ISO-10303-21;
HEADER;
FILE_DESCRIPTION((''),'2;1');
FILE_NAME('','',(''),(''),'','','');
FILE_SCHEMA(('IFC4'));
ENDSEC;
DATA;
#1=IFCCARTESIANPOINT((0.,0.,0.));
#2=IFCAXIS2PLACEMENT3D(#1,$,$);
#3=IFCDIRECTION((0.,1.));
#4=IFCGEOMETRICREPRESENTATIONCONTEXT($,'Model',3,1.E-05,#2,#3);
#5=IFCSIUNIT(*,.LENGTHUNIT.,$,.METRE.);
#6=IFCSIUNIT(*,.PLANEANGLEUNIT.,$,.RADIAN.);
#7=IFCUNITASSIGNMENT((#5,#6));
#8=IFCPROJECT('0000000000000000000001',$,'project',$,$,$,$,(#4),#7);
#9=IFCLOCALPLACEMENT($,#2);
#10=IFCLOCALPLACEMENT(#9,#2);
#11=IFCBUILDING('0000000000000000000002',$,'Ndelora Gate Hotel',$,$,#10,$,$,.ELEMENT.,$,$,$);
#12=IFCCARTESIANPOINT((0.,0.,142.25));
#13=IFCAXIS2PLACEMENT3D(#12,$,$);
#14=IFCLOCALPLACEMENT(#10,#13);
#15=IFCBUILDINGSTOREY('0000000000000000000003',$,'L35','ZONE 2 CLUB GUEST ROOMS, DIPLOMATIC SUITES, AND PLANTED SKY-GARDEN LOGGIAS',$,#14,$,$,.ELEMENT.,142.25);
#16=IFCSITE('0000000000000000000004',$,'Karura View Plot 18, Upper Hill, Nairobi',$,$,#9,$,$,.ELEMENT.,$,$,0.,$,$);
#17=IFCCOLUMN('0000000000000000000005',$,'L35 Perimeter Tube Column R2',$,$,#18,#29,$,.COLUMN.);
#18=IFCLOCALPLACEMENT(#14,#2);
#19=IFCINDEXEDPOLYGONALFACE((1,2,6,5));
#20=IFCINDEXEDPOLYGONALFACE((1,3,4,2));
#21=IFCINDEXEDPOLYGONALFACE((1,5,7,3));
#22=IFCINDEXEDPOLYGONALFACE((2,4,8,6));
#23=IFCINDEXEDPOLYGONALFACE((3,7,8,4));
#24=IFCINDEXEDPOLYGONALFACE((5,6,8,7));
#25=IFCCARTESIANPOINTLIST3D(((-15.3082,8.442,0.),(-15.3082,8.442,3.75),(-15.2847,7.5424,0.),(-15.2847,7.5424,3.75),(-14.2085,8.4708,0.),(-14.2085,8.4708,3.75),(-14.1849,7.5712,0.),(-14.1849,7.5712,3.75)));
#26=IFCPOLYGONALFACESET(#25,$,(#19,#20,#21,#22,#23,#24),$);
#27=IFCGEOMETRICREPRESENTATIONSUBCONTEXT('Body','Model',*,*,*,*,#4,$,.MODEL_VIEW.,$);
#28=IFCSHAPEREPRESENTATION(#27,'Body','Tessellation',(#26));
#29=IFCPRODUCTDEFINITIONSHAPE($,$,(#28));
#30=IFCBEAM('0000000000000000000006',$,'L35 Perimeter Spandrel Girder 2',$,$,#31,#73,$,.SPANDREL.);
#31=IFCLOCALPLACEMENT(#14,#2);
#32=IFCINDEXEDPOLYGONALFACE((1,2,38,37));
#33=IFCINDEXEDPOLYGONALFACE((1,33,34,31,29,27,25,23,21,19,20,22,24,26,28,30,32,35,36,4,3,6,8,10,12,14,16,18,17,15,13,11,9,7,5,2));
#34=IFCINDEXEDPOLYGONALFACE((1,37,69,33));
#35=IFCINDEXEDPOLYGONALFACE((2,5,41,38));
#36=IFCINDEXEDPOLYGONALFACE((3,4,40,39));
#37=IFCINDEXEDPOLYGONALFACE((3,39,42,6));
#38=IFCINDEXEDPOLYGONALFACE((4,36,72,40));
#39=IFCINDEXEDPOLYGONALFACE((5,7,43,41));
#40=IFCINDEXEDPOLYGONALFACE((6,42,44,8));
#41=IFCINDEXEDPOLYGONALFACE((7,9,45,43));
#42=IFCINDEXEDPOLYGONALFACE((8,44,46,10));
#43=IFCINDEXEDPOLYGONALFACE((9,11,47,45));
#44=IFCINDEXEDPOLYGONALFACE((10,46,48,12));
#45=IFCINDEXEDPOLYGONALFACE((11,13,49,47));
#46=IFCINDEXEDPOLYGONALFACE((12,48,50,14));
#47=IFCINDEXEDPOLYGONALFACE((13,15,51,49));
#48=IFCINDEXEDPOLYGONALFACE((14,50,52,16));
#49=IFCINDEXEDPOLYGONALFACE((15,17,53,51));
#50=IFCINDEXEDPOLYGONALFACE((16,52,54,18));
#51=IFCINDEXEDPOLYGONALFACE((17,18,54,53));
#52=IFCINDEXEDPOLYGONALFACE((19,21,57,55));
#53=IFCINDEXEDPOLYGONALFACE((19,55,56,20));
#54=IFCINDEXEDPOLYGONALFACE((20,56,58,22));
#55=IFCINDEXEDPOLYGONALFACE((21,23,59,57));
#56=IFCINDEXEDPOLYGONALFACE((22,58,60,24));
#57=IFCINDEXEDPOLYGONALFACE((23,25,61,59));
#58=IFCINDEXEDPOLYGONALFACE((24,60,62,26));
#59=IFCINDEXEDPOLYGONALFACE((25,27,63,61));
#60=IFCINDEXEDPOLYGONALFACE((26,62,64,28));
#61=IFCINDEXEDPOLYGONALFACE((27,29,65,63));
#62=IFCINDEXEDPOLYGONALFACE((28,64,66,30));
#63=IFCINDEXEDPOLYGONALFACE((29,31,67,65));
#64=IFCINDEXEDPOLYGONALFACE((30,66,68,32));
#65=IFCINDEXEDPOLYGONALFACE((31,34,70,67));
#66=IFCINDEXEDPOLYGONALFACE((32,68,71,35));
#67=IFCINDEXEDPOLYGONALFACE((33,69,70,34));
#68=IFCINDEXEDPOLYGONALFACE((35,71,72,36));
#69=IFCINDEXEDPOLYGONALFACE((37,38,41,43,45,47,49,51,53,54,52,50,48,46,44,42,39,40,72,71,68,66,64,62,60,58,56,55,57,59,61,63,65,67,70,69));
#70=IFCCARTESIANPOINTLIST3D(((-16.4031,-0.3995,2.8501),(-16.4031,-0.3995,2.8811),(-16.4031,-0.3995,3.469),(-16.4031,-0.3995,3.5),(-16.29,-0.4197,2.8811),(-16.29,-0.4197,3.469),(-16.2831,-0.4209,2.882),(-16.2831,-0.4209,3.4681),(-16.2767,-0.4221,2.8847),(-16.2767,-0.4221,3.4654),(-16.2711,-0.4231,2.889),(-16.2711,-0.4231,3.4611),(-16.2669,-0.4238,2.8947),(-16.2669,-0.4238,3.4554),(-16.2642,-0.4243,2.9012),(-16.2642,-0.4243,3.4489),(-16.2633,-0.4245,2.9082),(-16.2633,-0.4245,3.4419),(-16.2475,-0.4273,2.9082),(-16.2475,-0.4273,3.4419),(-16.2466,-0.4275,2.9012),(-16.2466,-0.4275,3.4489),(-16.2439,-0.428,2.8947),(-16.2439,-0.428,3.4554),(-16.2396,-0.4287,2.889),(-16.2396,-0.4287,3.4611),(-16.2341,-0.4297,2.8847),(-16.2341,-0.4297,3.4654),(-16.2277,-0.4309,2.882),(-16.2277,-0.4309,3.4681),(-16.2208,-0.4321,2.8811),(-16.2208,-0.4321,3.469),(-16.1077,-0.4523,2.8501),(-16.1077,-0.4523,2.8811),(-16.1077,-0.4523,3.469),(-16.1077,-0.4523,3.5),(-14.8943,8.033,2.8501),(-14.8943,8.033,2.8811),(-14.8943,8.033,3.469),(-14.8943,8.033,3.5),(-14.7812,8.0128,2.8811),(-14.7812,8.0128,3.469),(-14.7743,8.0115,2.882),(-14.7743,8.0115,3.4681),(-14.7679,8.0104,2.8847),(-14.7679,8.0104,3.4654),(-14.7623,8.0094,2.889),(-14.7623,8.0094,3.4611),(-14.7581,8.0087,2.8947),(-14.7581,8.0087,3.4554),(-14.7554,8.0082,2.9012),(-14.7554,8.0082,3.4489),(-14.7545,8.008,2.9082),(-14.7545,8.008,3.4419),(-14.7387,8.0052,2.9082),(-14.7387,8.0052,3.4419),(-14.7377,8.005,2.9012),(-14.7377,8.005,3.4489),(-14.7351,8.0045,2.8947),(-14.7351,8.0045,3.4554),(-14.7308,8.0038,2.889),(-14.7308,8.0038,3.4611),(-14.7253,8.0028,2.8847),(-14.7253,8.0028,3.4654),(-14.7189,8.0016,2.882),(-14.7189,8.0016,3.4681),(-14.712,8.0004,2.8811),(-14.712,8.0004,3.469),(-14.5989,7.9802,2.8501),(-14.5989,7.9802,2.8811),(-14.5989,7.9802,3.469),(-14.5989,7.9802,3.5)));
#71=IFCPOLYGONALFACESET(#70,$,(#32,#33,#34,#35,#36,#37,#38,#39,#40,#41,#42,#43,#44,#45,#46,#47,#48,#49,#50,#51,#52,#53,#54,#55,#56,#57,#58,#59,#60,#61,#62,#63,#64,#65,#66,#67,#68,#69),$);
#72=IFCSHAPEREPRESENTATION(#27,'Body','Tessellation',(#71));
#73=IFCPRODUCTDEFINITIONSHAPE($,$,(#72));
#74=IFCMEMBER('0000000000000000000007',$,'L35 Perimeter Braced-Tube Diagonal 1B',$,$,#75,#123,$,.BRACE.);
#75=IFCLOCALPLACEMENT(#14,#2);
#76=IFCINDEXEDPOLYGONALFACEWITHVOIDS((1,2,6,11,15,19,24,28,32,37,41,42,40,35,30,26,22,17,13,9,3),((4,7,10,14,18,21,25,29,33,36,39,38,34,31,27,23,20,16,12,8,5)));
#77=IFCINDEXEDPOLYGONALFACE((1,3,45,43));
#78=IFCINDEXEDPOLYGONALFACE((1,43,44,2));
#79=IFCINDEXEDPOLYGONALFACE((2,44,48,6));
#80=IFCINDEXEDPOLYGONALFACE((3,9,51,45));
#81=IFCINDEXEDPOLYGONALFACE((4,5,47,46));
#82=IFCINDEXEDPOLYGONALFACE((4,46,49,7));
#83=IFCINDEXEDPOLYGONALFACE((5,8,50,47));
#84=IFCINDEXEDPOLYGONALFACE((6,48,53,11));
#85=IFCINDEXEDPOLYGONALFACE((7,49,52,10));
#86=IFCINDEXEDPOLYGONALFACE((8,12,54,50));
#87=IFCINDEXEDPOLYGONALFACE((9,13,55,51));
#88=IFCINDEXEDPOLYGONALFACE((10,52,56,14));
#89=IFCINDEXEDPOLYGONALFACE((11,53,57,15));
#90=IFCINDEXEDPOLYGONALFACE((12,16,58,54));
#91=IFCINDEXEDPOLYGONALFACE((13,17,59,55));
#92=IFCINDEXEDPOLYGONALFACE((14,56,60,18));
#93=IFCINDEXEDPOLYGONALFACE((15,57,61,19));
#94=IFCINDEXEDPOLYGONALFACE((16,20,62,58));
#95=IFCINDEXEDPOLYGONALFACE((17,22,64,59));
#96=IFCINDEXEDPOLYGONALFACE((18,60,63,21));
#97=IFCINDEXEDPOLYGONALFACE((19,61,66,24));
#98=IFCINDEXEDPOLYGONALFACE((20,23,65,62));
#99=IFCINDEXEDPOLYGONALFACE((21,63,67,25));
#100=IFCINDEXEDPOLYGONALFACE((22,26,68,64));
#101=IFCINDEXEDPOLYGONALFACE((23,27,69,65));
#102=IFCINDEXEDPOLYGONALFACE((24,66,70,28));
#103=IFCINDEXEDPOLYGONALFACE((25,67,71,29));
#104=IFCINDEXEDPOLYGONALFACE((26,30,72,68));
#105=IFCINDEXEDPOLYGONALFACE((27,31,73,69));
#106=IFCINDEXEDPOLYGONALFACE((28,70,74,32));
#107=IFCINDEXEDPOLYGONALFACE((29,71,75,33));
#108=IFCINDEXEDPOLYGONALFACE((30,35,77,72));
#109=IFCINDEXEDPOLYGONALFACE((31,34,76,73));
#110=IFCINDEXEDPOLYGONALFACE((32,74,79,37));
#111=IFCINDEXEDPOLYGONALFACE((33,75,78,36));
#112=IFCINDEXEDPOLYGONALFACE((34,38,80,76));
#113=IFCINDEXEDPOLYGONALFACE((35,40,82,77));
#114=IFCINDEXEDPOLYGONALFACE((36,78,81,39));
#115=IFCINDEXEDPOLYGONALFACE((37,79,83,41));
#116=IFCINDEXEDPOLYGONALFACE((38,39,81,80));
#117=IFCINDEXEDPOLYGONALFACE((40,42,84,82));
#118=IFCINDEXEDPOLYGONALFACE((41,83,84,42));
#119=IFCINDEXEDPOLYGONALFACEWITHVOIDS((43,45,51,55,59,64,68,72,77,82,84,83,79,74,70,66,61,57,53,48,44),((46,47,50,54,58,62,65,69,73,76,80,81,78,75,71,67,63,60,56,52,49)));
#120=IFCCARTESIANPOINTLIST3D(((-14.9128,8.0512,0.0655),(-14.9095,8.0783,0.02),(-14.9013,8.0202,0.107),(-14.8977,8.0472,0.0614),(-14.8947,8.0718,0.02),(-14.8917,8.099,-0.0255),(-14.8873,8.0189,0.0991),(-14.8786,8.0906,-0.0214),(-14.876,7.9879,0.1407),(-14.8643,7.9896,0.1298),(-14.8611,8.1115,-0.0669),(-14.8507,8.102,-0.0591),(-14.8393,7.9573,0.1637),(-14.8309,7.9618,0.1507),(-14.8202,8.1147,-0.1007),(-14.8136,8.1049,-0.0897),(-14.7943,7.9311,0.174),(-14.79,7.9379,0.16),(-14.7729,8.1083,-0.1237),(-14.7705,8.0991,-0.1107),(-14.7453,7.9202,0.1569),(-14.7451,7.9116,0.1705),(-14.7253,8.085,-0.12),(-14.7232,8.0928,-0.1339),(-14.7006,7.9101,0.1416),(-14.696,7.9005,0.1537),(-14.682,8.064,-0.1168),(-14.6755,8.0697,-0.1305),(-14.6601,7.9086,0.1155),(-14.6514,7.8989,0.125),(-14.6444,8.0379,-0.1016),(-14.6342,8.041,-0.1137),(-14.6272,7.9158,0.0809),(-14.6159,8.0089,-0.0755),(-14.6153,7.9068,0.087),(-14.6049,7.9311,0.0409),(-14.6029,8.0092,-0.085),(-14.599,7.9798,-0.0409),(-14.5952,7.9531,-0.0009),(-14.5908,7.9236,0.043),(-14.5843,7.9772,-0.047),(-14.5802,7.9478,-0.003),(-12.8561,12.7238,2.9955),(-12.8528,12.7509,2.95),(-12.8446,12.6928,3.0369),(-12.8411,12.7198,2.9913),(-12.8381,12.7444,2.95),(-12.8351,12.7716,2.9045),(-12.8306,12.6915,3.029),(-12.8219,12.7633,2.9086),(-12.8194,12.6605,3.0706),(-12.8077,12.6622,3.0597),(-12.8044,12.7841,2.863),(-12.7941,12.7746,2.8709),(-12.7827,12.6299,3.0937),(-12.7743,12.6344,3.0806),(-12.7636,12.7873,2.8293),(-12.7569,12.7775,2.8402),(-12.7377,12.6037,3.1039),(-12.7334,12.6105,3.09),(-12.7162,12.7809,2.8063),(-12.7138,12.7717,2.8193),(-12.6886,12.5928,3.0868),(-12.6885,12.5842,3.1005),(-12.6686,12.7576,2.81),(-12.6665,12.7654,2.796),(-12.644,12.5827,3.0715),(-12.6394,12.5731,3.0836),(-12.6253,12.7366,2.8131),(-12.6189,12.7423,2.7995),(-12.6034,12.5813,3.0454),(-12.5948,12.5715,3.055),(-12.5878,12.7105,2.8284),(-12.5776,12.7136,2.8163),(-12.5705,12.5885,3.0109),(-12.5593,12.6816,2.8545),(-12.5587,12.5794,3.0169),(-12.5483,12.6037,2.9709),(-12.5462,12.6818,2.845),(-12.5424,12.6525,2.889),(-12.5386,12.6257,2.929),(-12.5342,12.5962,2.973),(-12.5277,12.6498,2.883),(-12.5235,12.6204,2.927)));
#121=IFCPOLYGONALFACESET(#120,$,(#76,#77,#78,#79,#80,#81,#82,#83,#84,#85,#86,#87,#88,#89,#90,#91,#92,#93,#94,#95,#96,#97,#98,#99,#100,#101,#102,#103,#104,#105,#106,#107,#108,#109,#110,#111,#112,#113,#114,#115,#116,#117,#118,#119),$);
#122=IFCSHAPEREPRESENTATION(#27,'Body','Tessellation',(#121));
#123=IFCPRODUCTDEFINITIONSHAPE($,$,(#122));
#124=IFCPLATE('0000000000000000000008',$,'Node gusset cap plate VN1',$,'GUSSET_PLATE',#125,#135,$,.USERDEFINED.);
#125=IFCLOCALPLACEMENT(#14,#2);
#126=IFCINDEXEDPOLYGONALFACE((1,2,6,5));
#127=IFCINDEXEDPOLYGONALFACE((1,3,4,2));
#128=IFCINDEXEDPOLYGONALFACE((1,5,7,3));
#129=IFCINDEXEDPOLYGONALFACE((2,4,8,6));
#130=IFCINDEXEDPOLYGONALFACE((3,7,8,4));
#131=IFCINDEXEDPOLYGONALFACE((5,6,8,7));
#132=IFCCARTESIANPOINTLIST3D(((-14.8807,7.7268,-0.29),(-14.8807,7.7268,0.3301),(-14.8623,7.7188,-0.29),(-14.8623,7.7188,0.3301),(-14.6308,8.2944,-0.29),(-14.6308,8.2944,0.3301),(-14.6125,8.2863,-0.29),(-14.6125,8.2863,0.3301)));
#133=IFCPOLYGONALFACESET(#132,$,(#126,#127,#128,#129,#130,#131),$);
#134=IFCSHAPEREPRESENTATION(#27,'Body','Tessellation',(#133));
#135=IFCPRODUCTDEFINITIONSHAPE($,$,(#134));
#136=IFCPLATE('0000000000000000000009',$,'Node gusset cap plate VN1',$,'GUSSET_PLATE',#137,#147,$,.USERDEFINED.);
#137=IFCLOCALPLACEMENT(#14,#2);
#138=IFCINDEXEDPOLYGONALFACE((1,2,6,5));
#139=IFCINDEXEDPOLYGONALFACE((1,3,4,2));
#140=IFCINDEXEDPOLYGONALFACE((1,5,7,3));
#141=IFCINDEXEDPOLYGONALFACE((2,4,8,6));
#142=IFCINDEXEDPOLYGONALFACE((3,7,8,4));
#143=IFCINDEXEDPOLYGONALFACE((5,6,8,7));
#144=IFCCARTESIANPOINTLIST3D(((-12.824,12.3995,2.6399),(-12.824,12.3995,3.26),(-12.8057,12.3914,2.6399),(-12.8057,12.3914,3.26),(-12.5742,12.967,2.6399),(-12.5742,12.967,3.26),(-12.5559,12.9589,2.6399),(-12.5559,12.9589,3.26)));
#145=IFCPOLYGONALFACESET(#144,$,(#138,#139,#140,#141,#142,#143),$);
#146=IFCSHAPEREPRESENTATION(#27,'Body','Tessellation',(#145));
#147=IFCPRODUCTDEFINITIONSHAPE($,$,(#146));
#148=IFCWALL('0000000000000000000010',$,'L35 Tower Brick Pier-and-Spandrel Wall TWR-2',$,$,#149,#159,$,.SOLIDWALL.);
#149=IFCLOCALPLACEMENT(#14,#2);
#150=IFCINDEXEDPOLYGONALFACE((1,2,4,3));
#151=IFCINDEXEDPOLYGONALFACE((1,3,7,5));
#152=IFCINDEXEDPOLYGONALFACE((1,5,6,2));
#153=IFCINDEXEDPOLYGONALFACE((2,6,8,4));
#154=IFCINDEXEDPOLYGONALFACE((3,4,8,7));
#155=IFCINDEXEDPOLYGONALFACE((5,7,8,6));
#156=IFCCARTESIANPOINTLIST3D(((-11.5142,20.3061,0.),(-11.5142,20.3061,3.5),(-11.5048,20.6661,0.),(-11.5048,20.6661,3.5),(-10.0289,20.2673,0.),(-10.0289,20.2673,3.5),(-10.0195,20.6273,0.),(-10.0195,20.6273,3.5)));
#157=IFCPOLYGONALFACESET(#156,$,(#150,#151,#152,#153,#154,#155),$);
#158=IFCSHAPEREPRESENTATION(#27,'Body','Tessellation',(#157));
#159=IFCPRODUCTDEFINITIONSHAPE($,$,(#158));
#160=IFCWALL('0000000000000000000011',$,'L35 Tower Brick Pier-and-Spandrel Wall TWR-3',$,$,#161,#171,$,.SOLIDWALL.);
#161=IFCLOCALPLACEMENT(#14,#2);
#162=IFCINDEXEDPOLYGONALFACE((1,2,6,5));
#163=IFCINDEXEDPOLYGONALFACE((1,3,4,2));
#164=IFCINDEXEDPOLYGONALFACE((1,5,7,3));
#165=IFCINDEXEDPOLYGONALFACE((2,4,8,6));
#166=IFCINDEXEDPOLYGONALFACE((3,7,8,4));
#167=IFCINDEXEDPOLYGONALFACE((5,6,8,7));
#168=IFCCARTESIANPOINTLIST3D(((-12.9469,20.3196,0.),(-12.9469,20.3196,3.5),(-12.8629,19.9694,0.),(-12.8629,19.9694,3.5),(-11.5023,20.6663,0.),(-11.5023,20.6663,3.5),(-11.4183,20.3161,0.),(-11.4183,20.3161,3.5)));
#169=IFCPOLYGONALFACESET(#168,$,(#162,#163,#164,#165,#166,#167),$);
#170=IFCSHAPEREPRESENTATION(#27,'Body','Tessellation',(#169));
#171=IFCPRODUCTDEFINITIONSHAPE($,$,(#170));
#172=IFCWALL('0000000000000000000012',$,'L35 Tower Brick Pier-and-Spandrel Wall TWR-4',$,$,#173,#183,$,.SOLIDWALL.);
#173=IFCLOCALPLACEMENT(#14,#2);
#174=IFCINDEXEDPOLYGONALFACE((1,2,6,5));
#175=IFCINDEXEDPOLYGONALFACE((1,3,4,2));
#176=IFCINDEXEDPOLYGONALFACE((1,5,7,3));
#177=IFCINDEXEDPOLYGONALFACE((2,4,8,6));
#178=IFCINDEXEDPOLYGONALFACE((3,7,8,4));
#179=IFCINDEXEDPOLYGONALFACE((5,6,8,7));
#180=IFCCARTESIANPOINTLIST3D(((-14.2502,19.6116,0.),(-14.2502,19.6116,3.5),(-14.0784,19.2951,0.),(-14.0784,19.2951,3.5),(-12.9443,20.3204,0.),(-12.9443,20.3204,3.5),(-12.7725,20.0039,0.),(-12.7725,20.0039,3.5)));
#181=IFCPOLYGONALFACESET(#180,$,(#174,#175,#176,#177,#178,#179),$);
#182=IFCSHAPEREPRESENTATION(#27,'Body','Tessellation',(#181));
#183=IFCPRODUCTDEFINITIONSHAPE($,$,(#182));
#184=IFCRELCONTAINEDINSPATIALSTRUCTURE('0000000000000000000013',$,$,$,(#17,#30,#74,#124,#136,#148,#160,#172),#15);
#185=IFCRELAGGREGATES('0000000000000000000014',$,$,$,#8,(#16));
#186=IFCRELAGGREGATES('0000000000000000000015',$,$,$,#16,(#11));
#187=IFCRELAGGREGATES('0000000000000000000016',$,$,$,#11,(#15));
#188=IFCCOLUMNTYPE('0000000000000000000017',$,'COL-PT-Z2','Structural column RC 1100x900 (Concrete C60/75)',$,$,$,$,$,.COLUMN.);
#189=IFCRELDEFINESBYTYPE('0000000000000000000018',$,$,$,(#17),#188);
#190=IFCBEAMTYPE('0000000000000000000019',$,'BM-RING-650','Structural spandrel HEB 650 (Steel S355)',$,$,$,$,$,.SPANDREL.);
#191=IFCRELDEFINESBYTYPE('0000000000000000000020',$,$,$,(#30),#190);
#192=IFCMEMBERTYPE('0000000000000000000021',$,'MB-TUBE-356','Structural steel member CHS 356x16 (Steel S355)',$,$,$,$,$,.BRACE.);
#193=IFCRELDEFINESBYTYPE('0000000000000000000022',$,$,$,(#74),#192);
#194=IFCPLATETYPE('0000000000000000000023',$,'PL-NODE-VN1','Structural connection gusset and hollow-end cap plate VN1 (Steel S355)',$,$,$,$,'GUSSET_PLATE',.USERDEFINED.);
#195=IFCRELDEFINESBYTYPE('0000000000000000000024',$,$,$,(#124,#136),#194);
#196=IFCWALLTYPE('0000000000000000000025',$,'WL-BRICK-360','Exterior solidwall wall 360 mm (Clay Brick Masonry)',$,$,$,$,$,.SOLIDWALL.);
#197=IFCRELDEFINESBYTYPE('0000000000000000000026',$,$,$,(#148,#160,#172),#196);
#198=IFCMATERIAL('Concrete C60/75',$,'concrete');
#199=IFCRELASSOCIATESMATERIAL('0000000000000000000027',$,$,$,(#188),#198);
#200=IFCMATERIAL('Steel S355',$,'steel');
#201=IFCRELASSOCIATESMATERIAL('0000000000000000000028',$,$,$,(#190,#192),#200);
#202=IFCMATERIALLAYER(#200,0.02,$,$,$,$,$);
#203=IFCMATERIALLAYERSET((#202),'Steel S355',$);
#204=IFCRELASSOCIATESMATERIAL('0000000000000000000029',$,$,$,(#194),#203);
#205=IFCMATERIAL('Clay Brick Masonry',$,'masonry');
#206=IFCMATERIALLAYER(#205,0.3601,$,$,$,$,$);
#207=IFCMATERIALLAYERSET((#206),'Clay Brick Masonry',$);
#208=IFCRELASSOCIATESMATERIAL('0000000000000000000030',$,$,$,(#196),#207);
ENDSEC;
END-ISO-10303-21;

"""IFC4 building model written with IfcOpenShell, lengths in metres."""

from ifc_helpers import new_model, si_unit, direction, frame, frame_2d, origin, origin_2d, place, context, subcontext, project, spatial, rectangle, hollow_circle, i_section, extrude, material, layer, layer_set, material_profile, profile_set, type_object, element, save


model = new_model("IFC4")

# Units and contexts
model_context = context("Model", 3, precision=1e-05, world=origin(), true_north=direction((0.0, 1.0)))
body_context = subcontext(model_context, "Body", "Model", "MODEL_VIEW")
ifc_project = project(units=[si_unit("LENGTHUNIT", "METRE"), si_unit("PLANEANGLEUNIT", "RADIAN")], contexts=[model_context])

# Site, building, storey
site_placement = place(None, origin())
site = spatial("IfcSite", under=ifc_project, at=site_placement, Name="Karura View Plot 18, Upper Hill, Nairobi", CompositionType="ELEMENT", RefElevation=0.0)
building_placement = place(site_placement, origin())
building = spatial("IfcBuilding", under=site, at=building_placement, Name="Ndelora Gate Hotel", CompositionType="ELEMENT")
storey_placement = place(building_placement, frame((0.0, 0.0, 142.25)))
storey = spatial("IfcBuildingStorey", under=building, at=storey_placement, Name="L35", Description="ZONE 2 CLUB GUEST ROOMS, DIPLOMATIC SUITES, AND PLANTED SKY-GARDEN LOGGIAS", CompositionType="ELEMENT", Elevation=142.25)

# Column
ifc_material_1 = material(Name="Concrete C60/75", Category="concrete")
ifc_material_profile_1 = material_profile(ifc_material_1, rectangle(XDim=0.8999, YDim=1.1001, at=origin_2d()), Name="RC 1100x900")
ifc_profile_set_1 = profile_set([ifc_material_profile_1], Name="Concrete C60/75")
column_type = type_object("IfcColumnType", Name="COL-PT-Z2", Description="Structural column RC 1100x900 (Concrete C60/75)", PredefinedType="COLUMN", material=ifc_profile_set_1)
column_placement = place(storey_placement, frame((-14.7466, 8.0066, 0.0), z_axis=(0.0, 0.0, 1.0), x_axis=(-0.026177, 0.999657, 0.0)))
element("IfcColumn", 1, at=column_placement, inside=storey, type_object=column_type, Name="L35 Perimeter Tube Column R2", PredefinedType="COLUMN", context=body_context, shape_type="SweptSolid", body=[
    extrude(rectangle(XDim=0.8999, YDim=1.1001, at=origin_2d()), origin(), (0.0, 0.0, 1.0), 3.75),
])

# Beam
ifc_material_2 = material(Name="Steel S355", Category="steel")
ifc_material_profile_2 = material_profile(ifc_material_2, i_section(OverallWidth=0.3, OverallDepth=0.6499, WebThickness=0.0161, FlangeThickness=0.031, FilletRadius=0.0271, at=origin_2d()), Name="HEB 650")
ifc_profile_set_2 = profile_set([ifc_material_profile_2], Name="Steel S355")
beam_type = type_object("IfcBeamType", Name="BM-RING-650", Description="Structural spandrel HEB 650 (Steel S355)", PredefinedType="SPANDREL", material=ifc_profile_set_2)
beam_placement = place(storey_placement, frame((-14.7466, 8.0066, 3.175), z_axis=(-0.176131, -0.984367, 0.0), x_axis=(0.984367, -0.176131, 0.0)))
element("IfcBeam", 2, at=beam_placement, inside=storey, type_object=beam_type, Name="L35 Perimeter Spandrel Girder 2", PredefinedType="SPANDREL", context=body_context, shape_type="SweptSolid", body=[
    extrude(i_section(OverallWidth=0.3, OverallDepth=0.6499, WebThickness=0.0161, FlangeThickness=0.031, FilletRadius=0.0271, at=origin_2d()), origin(), (0.0, 0.0, 1.0), 8.5664),
])

# Member
ifc_material_profile_3 = material_profile(ifc_material_2, hollow_circle(Radius=0.178, WallThickness=0.0161, at=origin_2d()), Name="CHS 356x16")
ifc_profile_set_3 = profile_set([ifc_material_profile_3], Name="Steel S355")
member_type = type_object("IfcMemberType", Name="MB-TUBE-356", Description="Structural steel member CHS 356x16 (Steel S355)", PredefinedType="BRACE", material=ifc_profile_set_3)
member_placement = place(storey_placement, frame((-14.7466, 8.0066, 0.02), z_axis=(0.349399, 0.793822, 0.497762), x_axis=(-0.915265, 0.402852, 0.0)))
element("IfcMember", 3, at=member_placement, inside=storey, type_object=member_type, Name="L35 Perimeter Braced-Tube Diagonal 1B", PredefinedType="BRACE", context=body_context, shape_type="SweptSolid", body=[
    extrude(hollow_circle(Radius=0.178, WallThickness=0.0161, at=origin_2d()), origin(), (0.0, 0.0, 1.0), 5.8862),
])

# Plates
ifc_layer_1 = layer(ifc_material_2, 0.02)
ifc_layer_set_1 = layer_set([ifc_layer_1], Name="Steel S355")
plate_type = type_object("IfcPlateType", Name="PL-NODE-VN1", Description="Structural connection gusset and hollow-end cap plate VN1 (Steel S355)", ElementType="GUSSET_PLATE", PredefinedType="USERDEFINED", material=ifc_layer_set_1)
for number, where, z_axis, x_axis, name in (
    (4, (-14.7466, 8.0066, -0.29), (0.0, 0.0, 1.0), (0.402906, 0.915241, 0.0), "Node gusset cap plate VN1"),
    (5, (-12.6899, 12.6792, 2.6399), (0.0, 0.0, 1.0), (0.402906, 0.915241, 0.0), "Node gusset cap plate VN1"),
):
    element("IfcPlate", number, at=place(storey_placement, frame(where, z_axis=z_axis, x_axis=x_axis)), inside=storey, type_object=plate_type, Name=name, ObjectType="GUSSET_PLATE", PredefinedType="USERDEFINED", context=body_context, shape_type="SweptSolid", body=[
        extrude(rectangle(XDim=0.6201, YDim=0.02, at=origin_2d()), origin(), (0.0, 0.0, 1.0), 0.6201),
    ])

# Walls
ifc_material_3 = material(Name="Clay Brick Masonry", Category="masonry")
ifc_layer_2 = layer(ifc_material_3, 0.3601)
ifc_layer_set_2 = layer_set([ifc_layer_2], Name="Clay Brick Masonry")
wall_type = type_object("IfcWallType", Name="WL-BRICK-360", Description="Exterior solidwall wall 360 mm (Clay Brick Masonry)", PredefinedType="SOLIDWALL", material=ifc_layer_set_2)
wall_1_placement = place(storey_placement, frame((-11.5095, 20.4861, 0.0), z_axis=(0.0, 0.0, 1.0), x_axis=(0.999659, -0.026125, 0.0)))
element("IfcWall", 6, at=wall_1_placement, inside=storey, type_object=wall_type, Name="L35 Tower Brick Pier-and-Spandrel Wall TWR-2", PredefinedType="SOLIDWALL", context=body_context, shape_type="SweptSolid", body=[
    extrude(rectangle(XDim=1.4858, YDim=0.3601, at=frame_2d((0.7429, 0.0))), origin(), (0.0, 0.0, 1.0), 3.5),
])
wall_2_placement = place(storey_placement, frame((-12.9048, 20.1445, 0.0), z_axis=(0.0, 0.0, 1.0), x_axis=(0.97239, 0.233361, 0.0)))
element("IfcWall", 7, at=wall_2_placement, inside=storey, type_object=wall_type, Name="L35 Tower Brick Pier-and-Spandrel Wall TWR-3", PredefinedType="SOLIDWALL", context=body_context, shape_type="SweptSolid", body=[
    extrude(rectangle(XDim=1.4856, YDim=0.3601, at=frame_2d((0.7427, 0.0))), origin(), (0.0, 0.0, 1.0), 3.5),
])
wall_3_placement = place(storey_placement, frame((-14.1643, 19.4534, 0.0), z_axis=(0.0, 0.0, 1.0), x_axis=(0.878905, 0.476998, 0.0)))
element("IfcWall", 8, at=wall_3_placement, inside=storey, type_object=wall_type, Name="L35 Tower Brick Pier-and-Spandrel Wall TWR-4", PredefinedType="SOLIDWALL", context=body_context, shape_type="SweptSolid", body=[
    extrude(rectangle(XDim=1.4858, YDim=0.3601, at=frame_2d((0.7429, 0.0))), origin(), (0.0, 0.0, 1.0), 3.5),
])

save(model, "model.ifc")
